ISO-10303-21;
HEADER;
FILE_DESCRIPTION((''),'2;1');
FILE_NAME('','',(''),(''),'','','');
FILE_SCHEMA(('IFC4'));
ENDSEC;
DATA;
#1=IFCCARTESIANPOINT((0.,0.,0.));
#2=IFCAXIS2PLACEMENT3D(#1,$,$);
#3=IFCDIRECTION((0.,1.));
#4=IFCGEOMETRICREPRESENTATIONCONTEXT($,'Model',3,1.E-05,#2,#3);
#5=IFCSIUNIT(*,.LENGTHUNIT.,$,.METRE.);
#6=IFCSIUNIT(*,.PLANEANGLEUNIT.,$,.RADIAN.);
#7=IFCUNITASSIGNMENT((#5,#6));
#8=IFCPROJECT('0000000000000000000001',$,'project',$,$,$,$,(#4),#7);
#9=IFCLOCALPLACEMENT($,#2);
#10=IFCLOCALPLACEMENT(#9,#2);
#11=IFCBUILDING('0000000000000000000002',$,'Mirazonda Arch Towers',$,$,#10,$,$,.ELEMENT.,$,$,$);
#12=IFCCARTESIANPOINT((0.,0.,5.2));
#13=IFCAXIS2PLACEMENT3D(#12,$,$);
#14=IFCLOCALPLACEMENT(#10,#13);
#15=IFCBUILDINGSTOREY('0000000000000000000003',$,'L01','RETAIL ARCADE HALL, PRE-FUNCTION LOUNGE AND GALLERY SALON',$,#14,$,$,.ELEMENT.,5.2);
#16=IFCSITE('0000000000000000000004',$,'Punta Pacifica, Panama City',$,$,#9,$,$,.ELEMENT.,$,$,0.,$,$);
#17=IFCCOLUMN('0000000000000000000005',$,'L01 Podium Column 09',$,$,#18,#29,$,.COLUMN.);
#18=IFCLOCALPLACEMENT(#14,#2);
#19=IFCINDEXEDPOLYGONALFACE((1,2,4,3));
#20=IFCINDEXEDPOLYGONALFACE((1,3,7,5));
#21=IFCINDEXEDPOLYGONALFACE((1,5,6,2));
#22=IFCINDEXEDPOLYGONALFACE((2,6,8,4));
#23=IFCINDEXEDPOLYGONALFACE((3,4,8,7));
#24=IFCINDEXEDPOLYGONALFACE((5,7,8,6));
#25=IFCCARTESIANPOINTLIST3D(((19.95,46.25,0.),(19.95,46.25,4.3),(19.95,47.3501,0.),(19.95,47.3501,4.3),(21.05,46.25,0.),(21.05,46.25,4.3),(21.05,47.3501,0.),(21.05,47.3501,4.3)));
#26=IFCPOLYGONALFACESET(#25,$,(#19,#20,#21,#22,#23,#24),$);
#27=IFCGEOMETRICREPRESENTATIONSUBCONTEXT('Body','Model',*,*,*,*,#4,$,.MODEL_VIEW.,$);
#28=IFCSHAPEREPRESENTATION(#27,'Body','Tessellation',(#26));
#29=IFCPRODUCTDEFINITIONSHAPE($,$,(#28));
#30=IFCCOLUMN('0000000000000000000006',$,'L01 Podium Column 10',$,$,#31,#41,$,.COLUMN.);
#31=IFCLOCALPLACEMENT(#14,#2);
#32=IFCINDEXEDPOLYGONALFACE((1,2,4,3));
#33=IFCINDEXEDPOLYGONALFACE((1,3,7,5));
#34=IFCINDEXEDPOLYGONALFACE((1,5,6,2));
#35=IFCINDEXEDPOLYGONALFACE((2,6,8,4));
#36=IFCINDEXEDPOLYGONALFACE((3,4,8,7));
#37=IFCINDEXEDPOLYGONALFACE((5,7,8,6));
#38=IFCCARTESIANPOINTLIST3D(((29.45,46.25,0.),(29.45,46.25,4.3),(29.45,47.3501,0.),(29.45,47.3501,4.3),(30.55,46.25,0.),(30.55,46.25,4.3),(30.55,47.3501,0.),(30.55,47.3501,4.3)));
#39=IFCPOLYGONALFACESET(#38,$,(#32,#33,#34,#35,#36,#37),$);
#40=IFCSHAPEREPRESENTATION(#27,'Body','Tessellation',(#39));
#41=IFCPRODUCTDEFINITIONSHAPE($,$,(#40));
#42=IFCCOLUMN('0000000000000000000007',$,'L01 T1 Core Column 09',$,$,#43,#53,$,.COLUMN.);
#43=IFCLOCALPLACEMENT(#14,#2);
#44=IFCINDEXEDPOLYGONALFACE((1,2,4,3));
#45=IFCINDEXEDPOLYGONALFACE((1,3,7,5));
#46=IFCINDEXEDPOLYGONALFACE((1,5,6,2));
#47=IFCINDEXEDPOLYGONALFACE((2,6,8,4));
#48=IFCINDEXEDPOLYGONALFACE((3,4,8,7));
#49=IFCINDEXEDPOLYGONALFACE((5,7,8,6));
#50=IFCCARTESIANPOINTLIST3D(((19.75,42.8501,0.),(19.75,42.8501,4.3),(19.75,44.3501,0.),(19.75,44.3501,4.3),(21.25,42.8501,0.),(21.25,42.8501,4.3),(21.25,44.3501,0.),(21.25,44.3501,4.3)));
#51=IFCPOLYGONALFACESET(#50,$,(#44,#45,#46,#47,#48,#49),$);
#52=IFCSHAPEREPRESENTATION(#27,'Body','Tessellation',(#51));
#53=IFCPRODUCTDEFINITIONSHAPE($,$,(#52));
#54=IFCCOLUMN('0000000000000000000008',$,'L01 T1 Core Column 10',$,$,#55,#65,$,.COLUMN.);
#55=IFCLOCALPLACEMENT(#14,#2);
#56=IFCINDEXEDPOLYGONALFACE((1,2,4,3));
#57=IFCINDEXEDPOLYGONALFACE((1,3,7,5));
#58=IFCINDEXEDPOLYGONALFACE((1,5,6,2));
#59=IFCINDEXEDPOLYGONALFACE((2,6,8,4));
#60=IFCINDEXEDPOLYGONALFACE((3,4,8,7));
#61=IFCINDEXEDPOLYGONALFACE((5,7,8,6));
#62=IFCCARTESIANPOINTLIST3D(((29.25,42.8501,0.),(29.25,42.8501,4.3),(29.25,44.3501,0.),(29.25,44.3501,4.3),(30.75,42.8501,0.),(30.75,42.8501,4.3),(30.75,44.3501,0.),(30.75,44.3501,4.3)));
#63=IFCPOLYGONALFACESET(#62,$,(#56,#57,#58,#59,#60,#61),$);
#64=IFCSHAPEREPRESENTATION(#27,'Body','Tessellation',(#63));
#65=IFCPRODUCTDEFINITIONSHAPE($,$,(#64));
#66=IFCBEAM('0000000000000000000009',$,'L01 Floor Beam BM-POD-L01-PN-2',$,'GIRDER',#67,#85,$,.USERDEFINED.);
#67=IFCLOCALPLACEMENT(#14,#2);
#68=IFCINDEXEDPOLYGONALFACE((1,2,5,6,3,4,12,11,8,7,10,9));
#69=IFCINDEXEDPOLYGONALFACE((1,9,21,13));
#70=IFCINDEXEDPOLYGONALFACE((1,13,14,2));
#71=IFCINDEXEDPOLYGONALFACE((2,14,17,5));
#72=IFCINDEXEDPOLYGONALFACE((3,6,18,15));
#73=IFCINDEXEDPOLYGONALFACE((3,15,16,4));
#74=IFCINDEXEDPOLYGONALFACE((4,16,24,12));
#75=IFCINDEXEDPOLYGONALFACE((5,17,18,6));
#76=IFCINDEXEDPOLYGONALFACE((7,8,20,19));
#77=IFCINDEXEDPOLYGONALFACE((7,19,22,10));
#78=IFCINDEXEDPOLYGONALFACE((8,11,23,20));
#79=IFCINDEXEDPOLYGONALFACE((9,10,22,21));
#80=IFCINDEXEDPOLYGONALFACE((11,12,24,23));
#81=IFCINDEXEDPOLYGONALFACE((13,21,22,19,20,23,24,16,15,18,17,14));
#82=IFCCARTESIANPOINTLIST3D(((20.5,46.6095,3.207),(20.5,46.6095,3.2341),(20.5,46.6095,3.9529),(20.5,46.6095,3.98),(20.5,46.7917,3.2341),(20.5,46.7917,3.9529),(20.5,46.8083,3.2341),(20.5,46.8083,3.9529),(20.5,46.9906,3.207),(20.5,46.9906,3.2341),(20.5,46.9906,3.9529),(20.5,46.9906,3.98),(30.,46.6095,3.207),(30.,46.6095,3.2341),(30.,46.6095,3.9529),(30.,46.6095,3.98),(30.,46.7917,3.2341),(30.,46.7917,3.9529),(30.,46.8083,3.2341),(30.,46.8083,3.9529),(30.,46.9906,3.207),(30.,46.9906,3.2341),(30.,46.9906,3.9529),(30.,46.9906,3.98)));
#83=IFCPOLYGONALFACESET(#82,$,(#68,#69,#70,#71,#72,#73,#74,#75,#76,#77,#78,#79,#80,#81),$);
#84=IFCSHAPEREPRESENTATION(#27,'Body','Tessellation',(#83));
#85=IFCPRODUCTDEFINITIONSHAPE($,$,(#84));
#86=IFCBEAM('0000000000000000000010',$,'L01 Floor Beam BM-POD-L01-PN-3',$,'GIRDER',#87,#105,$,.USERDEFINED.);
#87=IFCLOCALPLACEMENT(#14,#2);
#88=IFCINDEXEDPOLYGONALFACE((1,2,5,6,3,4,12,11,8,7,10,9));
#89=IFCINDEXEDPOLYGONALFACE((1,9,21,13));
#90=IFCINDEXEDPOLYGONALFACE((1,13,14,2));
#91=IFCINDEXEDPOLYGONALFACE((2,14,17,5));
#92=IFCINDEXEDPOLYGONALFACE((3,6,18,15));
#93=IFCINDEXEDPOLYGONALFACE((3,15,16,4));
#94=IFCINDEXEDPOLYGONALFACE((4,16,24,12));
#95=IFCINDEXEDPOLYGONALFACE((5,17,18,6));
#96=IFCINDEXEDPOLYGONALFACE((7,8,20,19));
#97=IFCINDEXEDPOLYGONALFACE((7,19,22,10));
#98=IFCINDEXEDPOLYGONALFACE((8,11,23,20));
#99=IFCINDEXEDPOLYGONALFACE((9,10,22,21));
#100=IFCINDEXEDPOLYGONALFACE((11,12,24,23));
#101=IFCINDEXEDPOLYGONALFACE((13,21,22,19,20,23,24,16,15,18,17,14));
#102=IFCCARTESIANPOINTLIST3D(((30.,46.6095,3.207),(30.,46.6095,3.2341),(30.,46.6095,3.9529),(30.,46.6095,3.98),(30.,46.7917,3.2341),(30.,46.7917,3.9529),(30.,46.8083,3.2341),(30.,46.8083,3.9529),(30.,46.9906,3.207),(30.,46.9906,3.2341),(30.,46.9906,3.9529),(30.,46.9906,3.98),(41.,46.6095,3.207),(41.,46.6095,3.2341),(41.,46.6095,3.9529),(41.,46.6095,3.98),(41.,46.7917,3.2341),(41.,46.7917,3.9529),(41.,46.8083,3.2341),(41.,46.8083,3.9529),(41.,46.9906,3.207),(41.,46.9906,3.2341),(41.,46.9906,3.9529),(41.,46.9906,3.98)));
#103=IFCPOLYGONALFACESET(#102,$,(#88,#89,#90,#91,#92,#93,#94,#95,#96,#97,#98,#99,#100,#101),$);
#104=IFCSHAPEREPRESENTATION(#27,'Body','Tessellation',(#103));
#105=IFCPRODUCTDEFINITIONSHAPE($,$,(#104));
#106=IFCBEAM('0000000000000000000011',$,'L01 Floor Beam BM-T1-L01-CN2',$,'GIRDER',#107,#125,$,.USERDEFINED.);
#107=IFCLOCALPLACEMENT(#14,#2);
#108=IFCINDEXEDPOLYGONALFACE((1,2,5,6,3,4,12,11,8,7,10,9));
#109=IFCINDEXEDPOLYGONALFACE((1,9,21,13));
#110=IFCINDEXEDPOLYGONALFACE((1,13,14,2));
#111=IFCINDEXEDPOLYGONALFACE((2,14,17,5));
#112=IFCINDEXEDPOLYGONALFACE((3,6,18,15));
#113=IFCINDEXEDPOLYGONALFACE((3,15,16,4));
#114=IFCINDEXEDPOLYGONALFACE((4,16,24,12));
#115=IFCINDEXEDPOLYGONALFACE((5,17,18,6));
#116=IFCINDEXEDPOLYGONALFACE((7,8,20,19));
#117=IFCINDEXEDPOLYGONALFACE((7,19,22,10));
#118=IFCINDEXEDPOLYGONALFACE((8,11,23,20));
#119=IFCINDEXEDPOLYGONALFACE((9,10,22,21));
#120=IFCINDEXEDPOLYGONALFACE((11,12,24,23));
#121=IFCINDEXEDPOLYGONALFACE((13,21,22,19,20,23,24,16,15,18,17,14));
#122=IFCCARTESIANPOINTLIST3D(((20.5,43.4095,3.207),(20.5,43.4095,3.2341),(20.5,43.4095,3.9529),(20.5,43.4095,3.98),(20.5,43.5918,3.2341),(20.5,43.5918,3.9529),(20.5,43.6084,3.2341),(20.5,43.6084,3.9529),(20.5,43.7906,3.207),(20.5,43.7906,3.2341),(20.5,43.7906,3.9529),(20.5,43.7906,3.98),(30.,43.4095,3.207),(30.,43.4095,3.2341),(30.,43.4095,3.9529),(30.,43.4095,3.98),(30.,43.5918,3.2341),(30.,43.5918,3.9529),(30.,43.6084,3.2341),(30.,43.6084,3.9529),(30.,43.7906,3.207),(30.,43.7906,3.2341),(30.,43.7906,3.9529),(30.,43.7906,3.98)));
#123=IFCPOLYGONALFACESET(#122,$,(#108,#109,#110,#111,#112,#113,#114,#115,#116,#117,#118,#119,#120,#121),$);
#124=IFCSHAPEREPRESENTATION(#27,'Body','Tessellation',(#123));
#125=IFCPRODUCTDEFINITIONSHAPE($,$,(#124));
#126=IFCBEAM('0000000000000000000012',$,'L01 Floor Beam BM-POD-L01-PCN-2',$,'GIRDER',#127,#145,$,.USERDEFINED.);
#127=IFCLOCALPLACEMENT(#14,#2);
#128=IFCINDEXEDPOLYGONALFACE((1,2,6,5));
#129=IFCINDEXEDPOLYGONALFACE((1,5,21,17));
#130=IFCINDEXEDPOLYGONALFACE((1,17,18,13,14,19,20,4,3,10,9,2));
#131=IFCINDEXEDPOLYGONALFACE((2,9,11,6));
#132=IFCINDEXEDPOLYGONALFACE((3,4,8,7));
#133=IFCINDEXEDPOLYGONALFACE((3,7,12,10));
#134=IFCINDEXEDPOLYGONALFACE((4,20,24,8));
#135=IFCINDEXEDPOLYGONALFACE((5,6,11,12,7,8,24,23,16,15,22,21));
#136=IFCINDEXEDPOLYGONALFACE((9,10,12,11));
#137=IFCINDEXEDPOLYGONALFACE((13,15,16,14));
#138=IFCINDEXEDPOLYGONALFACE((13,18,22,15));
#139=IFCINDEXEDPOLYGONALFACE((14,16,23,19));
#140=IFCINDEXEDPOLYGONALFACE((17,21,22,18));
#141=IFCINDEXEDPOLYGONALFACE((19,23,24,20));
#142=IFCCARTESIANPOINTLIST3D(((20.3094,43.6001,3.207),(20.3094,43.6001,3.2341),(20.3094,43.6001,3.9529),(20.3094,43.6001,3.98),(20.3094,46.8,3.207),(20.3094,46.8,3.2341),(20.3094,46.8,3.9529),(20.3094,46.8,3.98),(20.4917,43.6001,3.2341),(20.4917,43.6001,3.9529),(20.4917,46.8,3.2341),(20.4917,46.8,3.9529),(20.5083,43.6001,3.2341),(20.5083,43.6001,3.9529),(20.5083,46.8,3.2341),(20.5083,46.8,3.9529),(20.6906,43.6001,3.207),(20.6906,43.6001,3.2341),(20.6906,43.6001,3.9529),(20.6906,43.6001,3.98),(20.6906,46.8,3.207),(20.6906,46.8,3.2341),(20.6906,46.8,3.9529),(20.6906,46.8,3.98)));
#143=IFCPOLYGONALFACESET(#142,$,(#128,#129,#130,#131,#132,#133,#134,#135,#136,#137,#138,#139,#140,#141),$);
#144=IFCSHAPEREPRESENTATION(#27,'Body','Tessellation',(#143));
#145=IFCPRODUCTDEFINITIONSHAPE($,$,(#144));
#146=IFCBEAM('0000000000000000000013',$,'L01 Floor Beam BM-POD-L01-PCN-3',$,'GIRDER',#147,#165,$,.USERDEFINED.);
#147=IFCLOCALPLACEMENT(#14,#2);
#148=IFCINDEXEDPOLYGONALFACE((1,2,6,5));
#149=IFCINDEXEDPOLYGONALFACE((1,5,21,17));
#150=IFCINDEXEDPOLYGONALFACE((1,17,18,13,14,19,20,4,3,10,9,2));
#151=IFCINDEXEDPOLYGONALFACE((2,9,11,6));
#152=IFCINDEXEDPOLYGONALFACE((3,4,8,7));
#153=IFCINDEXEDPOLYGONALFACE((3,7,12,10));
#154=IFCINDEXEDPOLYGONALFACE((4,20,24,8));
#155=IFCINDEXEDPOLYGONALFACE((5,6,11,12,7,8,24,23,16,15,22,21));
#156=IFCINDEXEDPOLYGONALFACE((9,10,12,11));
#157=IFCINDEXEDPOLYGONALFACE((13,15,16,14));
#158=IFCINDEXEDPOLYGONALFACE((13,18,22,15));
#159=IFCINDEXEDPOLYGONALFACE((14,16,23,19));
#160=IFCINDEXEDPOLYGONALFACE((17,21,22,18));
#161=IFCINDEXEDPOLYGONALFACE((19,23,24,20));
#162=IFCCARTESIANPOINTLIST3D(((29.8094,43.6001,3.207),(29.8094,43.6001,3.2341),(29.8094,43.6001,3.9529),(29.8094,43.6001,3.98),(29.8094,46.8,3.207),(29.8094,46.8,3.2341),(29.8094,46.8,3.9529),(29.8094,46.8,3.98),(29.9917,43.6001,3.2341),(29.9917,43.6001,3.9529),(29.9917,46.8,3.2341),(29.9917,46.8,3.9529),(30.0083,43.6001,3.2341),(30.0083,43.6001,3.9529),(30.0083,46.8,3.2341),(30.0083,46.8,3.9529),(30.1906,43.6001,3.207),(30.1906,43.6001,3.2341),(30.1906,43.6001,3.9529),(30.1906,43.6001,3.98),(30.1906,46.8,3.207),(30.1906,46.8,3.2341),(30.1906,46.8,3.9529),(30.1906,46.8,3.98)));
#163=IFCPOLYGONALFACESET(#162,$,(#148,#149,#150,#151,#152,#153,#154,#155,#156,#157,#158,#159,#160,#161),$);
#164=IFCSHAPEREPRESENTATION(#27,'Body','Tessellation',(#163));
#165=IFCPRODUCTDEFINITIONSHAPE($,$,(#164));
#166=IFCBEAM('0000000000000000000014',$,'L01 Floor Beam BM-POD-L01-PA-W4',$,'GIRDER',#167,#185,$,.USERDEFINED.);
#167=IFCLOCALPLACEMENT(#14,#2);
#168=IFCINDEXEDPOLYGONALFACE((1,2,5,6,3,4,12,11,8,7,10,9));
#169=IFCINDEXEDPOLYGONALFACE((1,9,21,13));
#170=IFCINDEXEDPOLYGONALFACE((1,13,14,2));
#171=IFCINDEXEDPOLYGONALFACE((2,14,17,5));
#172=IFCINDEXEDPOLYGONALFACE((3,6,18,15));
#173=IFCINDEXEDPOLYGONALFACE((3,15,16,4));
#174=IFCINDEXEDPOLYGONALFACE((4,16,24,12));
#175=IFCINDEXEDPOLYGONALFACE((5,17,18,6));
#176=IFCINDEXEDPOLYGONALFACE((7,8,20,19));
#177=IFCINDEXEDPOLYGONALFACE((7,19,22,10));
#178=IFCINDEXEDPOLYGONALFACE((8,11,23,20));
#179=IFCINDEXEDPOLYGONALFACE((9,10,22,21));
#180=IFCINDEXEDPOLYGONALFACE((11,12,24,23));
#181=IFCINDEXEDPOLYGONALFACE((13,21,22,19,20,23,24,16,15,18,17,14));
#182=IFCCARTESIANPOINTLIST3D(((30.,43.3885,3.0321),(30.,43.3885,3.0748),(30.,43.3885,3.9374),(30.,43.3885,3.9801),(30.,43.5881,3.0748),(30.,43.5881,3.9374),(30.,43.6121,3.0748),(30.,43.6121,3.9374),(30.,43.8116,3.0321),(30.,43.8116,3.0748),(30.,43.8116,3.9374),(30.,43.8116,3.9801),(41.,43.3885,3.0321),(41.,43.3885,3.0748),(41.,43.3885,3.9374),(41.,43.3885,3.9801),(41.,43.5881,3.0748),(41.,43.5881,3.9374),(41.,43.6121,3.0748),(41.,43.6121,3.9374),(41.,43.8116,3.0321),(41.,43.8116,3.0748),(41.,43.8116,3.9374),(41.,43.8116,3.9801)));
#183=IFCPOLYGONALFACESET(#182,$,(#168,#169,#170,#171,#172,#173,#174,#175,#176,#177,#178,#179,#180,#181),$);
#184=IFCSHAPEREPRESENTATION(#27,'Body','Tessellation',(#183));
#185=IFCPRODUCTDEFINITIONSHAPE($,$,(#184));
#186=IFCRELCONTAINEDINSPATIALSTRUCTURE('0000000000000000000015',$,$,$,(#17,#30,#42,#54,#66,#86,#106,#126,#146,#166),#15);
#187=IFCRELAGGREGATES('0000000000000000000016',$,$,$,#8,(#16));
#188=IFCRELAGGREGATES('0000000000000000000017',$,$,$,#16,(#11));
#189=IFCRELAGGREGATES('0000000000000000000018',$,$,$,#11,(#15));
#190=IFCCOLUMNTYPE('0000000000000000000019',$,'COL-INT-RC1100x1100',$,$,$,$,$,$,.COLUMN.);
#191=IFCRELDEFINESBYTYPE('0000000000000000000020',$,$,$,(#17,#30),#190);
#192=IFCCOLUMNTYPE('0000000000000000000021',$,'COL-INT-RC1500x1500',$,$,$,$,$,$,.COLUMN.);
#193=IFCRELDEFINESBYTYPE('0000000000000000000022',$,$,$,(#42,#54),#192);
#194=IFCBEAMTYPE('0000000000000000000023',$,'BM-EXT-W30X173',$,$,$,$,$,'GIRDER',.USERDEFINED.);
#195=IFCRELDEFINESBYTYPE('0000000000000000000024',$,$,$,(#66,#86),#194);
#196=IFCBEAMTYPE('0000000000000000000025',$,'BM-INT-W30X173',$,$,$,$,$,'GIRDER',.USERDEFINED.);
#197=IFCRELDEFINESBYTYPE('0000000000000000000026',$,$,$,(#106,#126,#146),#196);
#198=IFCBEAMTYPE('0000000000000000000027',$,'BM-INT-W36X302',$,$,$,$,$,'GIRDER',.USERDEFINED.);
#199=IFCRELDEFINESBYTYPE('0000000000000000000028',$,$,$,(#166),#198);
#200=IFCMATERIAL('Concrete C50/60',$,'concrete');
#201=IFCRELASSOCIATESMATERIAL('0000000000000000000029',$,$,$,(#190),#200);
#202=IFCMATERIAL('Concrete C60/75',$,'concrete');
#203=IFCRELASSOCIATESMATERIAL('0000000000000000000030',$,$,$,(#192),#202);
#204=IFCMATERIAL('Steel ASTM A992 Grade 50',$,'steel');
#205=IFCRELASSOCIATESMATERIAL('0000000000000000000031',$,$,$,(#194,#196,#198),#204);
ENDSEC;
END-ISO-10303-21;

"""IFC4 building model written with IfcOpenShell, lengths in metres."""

from ifc_helpers import new_model, si_unit, direction, frame, origin, origin_2d, place, context, subcontext, project, spatial, rectangle, i_section, extrude, material, material_profile, profile_set, type_object, element, save


model = new_model("IFC4")

# Units and contexts
model_context = context("Model", 3, precision=1e-05, world=origin(), true_north=direction((0.0, 1.0)))
body_context = subcontext(model_context, "Body", "Model", "MODEL_VIEW")
ifc_project = project(units=[si_unit("LENGTHUNIT", "METRE"), si_unit("PLANEANGLEUNIT", "RADIAN")], contexts=[model_context])

# Site, building, storey
site_placement = place(None, origin())
site = spatial("IfcSite", under=ifc_project, at=site_placement, Name="Punta Pacifica, Panama City", CompositionType="ELEMENT", RefElevation=0.0)
building_placement = place(site_placement, origin())
building = spatial("IfcBuilding", under=site, at=building_placement, Name="Mirazonda Arch Towers", CompositionType="ELEMENT")
storey_placement = place(building_placement, frame((0.0, 0.0, 5.2)))
storey = spatial("IfcBuildingStorey", under=building, at=storey_placement, Name="L01", Description="RETAIL ARCADE HALL, PRE-FUNCTION LOUNGE AND GALLERY SALON", CompositionType="ELEMENT", Elevation=5.2)

# Columns
ifc_material_1 = material(Name="Concrete C50/60", Category="concrete")
ifc_material_profile_1 = material_profile(ifc_material_1, rectangle(XDim=1.1001, YDim=1.1001, at=origin_2d()), Name="RC1100x1100")
ifc_profile_set_1 = profile_set([ifc_material_profile_1], Name="Concrete C50/60")
column_type_1 = type_object("IfcColumnType", Name="COL-INT-RC1100x1100", PredefinedType="COLUMN", material=ifc_profile_set_1)
for number, where, z_axis, x_axis, name in (
    (1, (20.5, 46.8, 0.0), (0.0, 0.0, 1.0), (1.0, 0.0, 0.0), "L01 Podium Column 09"),
    (2, (30.0, 46.8, 0.0), (0.0, 0.0, 1.0), (1.0, 0.0, 0.0), "L01 Podium Column 10"),
):
    element("IfcColumn", number, at=place(storey_placement, frame(where, z_axis=z_axis, x_axis=x_axis)), inside=storey, type_object=column_type_1, Name=name, PredefinedType="COLUMN", context=body_context, shape_type="SweptSolid", body=[
        extrude(rectangle(XDim=1.1001, YDim=1.1001, at=origin_2d()), origin(), (0.0, 0.0, 1.0), 4.3),
    ])
ifc_material_2 = material(Name="Concrete C60/75", Category="concrete")
ifc_material_profile_2 = material_profile(ifc_material_2, rectangle(XDim=1.5, YDim=1.5, at=origin_2d()), Name="RC1500x1500")
ifc_profile_set_2 = profile_set([ifc_material_profile_2], Name="Concrete C60/75")
column_type_2 = type_object("IfcColumnType", Name="COL-INT-RC1500x1500", PredefinedType="COLUMN", material=ifc_profile_set_2)
for number, where, z_axis, x_axis, name in (
    (3, (20.5, 43.6001, 0.0), (0.0, 0.0, 1.0), (1.0, 0.0, 0.0), "L01 T1 Core Column 09"),
    (4, (30.0, 43.6001, 0.0), (0.0, 0.0, 1.0), (1.0, 0.0, 0.0), "L01 T1 Core Column 10"),
):
    element("IfcColumn", number, at=place(storey_placement, frame(where, z_axis=z_axis, x_axis=x_axis)), inside=storey, type_object=column_type_2, Name=name, PredefinedType="COLUMN", context=body_context, shape_type="SweptSolid", body=[
        extrude(rectangle(XDim=1.5, YDim=1.5, at=origin_2d()), origin(), (0.0, 0.0, 1.0), 4.3),
    ])

# Beams
ifc_material_3 = material(Name="Steel ASTM A992 Grade 50", Category="steel")
ifc_material_profile_3 = material_profile(ifc_material_3, i_section(OverallWidth=0.3811, OverallDepth=0.7729, WebThickness=0.0166, FlangeThickness=0.0271, at=origin_2d()), Name="W30X173")
ifc_profile_set_3 = profile_set([ifc_material_profile_3], Name="Steel ASTM A992 Grade 50")
beam_type_1 = type_object("IfcBeamType", Name="BM-EXT-W30X173", ElementType="GIRDER", PredefinedType="USERDEFINED", material=ifc_profile_set_3)
beam_1_placement = place(storey_placement, frame((20.5, 46.8, 3.5935), z_axis=(1.0, 0.0, 0.0), x_axis=(0.0, 1.0, 0.0)))
element("IfcBeam", 5, at=beam_1_placement, inside=storey, type_object=beam_type_1, Name="L01 Floor Beam BM-POD-L01-PN-2", ObjectType="GIRDER", PredefinedType="USERDEFINED", context=body_context, shape_type="SweptSolid", body=[
    extrude(i_section(OverallWidth=0.3811, OverallDepth=0.7729, WebThickness=0.0166, FlangeThickness=0.0271, at=origin_2d()), origin(), (0.0, 0.0, 1.0), 9.5),
])
beam_2_placement = place(storey_placement, frame((30.0, 46.8, 3.5935), z_axis=(1.0, 0.0, 0.0), x_axis=(0.0, 1.0, 0.0)))
element("IfcBeam", 6, at=beam_2_placement, inside=storey, type_object=beam_type_1, Name="L01 Floor Beam BM-POD-L01-PN-3", ObjectType="GIRDER", PredefinedType="USERDEFINED", context=body_context, shape_type="SweptSolid", body=[
    extrude(i_section(OverallWidth=0.3811, OverallDepth=0.7729, WebThickness=0.0166, FlangeThickness=0.0271, at=origin_2d()), origin(), (0.0, 0.0, 1.0), 11.0),
])
ifc_material_profile_4 = material_profile(ifc_material_3, i_section(OverallWidth=0.3811, OverallDepth=0.7729, WebThickness=0.0166, FlangeThickness=0.0271, at=origin_2d()), Name="W30X173")
ifc_profile_set_4 = profile_set([ifc_material_profile_4], Name="Steel ASTM A992 Grade 50")
beam_type_2 = type_object("IfcBeamType", Name="BM-INT-W30X173", ElementType="GIRDER", PredefinedType="USERDEFINED", material=ifc_profile_set_4)
beam_3_placement = place(storey_placement, frame((20.5, 43.6001, 3.5935), z_axis=(1.0, 0.0, 0.0), x_axis=(0.0, 1.0, 0.0)))
element("IfcBeam", 7, at=beam_3_placement, inside=storey, type_object=beam_type_2, Name="L01 Floor Beam BM-T1-L01-CN2", ObjectType="GIRDER", PredefinedType="USERDEFINED", context=body_context, shape_type="SweptSolid", body=[
    extrude(i_section(OverallWidth=0.3811, OverallDepth=0.7729, WebThickness=0.0166, FlangeThickness=0.0271, at=origin_2d()), origin(), (0.0, 0.0, 1.0), 9.5),
])
for number, where, z_axis, x_axis, name in (
    (8, (20.5, 43.6001, 3.5935), (0.0, 1.0, 0.0), (-1.0, 0.0, 0.0), "L01 Floor Beam BM-POD-L01-PCN-2"),
    (9, (30.0, 43.6001, 3.5935), (0.0, 1.0, 0.0), (-1.0, 0.0, 0.0), "L01 Floor Beam BM-POD-L01-PCN-3"),
):
    element("IfcBeam", number, at=place(storey_placement, frame(where, z_axis=z_axis, x_axis=x_axis)), inside=storey, type_object=beam_type_2, Name=name, ObjectType="GIRDER", PredefinedType="USERDEFINED", context=body_context, shape_type="SweptSolid", body=[
        extrude(i_section(OverallWidth=0.3811, OverallDepth=0.7729, WebThickness=0.0166, FlangeThickness=0.0271, at=origin_2d()), origin(), (0.0, 0.0, 1.0), 3.2),
    ])
ifc_material_profile_5 = material_profile(ifc_material_3, i_section(OverallWidth=0.4231, OverallDepth=0.948, WebThickness=0.0239, FlangeThickness=0.0427, at=origin_2d()), Name="W36X302")
ifc_profile_set_5 = profile_set([ifc_material_profile_5], Name="Steel ASTM A992 Grade 50")
beam_type_3 = type_object("IfcBeamType", Name="BM-INT-W36X302", ElementType="GIRDER", PredefinedType="USERDEFINED", material=ifc_profile_set_5)
beam_4_placement = place(storey_placement, frame((30.0, 43.6001, 3.5061), z_axis=(1.0, 0.0, 0.0), x_axis=(0.0, 1.0, 0.0)))
element("IfcBeam", 10, at=beam_4_placement, inside=storey, type_object=beam_type_3, Name="L01 Floor Beam BM-POD-L01-PA-W4", ObjectType="GIRDER", PredefinedType="USERDEFINED", context=body_context, shape_type="SweptSolid", body=[
    extrude(i_section(OverallWidth=0.4231, OverallDepth=0.948, WebThickness=0.0239, FlangeThickness=0.0427, at=origin_2d()), origin(), (0.0, 0.0, 1.0), 11.0),
])

save(model, "model.ifc")
